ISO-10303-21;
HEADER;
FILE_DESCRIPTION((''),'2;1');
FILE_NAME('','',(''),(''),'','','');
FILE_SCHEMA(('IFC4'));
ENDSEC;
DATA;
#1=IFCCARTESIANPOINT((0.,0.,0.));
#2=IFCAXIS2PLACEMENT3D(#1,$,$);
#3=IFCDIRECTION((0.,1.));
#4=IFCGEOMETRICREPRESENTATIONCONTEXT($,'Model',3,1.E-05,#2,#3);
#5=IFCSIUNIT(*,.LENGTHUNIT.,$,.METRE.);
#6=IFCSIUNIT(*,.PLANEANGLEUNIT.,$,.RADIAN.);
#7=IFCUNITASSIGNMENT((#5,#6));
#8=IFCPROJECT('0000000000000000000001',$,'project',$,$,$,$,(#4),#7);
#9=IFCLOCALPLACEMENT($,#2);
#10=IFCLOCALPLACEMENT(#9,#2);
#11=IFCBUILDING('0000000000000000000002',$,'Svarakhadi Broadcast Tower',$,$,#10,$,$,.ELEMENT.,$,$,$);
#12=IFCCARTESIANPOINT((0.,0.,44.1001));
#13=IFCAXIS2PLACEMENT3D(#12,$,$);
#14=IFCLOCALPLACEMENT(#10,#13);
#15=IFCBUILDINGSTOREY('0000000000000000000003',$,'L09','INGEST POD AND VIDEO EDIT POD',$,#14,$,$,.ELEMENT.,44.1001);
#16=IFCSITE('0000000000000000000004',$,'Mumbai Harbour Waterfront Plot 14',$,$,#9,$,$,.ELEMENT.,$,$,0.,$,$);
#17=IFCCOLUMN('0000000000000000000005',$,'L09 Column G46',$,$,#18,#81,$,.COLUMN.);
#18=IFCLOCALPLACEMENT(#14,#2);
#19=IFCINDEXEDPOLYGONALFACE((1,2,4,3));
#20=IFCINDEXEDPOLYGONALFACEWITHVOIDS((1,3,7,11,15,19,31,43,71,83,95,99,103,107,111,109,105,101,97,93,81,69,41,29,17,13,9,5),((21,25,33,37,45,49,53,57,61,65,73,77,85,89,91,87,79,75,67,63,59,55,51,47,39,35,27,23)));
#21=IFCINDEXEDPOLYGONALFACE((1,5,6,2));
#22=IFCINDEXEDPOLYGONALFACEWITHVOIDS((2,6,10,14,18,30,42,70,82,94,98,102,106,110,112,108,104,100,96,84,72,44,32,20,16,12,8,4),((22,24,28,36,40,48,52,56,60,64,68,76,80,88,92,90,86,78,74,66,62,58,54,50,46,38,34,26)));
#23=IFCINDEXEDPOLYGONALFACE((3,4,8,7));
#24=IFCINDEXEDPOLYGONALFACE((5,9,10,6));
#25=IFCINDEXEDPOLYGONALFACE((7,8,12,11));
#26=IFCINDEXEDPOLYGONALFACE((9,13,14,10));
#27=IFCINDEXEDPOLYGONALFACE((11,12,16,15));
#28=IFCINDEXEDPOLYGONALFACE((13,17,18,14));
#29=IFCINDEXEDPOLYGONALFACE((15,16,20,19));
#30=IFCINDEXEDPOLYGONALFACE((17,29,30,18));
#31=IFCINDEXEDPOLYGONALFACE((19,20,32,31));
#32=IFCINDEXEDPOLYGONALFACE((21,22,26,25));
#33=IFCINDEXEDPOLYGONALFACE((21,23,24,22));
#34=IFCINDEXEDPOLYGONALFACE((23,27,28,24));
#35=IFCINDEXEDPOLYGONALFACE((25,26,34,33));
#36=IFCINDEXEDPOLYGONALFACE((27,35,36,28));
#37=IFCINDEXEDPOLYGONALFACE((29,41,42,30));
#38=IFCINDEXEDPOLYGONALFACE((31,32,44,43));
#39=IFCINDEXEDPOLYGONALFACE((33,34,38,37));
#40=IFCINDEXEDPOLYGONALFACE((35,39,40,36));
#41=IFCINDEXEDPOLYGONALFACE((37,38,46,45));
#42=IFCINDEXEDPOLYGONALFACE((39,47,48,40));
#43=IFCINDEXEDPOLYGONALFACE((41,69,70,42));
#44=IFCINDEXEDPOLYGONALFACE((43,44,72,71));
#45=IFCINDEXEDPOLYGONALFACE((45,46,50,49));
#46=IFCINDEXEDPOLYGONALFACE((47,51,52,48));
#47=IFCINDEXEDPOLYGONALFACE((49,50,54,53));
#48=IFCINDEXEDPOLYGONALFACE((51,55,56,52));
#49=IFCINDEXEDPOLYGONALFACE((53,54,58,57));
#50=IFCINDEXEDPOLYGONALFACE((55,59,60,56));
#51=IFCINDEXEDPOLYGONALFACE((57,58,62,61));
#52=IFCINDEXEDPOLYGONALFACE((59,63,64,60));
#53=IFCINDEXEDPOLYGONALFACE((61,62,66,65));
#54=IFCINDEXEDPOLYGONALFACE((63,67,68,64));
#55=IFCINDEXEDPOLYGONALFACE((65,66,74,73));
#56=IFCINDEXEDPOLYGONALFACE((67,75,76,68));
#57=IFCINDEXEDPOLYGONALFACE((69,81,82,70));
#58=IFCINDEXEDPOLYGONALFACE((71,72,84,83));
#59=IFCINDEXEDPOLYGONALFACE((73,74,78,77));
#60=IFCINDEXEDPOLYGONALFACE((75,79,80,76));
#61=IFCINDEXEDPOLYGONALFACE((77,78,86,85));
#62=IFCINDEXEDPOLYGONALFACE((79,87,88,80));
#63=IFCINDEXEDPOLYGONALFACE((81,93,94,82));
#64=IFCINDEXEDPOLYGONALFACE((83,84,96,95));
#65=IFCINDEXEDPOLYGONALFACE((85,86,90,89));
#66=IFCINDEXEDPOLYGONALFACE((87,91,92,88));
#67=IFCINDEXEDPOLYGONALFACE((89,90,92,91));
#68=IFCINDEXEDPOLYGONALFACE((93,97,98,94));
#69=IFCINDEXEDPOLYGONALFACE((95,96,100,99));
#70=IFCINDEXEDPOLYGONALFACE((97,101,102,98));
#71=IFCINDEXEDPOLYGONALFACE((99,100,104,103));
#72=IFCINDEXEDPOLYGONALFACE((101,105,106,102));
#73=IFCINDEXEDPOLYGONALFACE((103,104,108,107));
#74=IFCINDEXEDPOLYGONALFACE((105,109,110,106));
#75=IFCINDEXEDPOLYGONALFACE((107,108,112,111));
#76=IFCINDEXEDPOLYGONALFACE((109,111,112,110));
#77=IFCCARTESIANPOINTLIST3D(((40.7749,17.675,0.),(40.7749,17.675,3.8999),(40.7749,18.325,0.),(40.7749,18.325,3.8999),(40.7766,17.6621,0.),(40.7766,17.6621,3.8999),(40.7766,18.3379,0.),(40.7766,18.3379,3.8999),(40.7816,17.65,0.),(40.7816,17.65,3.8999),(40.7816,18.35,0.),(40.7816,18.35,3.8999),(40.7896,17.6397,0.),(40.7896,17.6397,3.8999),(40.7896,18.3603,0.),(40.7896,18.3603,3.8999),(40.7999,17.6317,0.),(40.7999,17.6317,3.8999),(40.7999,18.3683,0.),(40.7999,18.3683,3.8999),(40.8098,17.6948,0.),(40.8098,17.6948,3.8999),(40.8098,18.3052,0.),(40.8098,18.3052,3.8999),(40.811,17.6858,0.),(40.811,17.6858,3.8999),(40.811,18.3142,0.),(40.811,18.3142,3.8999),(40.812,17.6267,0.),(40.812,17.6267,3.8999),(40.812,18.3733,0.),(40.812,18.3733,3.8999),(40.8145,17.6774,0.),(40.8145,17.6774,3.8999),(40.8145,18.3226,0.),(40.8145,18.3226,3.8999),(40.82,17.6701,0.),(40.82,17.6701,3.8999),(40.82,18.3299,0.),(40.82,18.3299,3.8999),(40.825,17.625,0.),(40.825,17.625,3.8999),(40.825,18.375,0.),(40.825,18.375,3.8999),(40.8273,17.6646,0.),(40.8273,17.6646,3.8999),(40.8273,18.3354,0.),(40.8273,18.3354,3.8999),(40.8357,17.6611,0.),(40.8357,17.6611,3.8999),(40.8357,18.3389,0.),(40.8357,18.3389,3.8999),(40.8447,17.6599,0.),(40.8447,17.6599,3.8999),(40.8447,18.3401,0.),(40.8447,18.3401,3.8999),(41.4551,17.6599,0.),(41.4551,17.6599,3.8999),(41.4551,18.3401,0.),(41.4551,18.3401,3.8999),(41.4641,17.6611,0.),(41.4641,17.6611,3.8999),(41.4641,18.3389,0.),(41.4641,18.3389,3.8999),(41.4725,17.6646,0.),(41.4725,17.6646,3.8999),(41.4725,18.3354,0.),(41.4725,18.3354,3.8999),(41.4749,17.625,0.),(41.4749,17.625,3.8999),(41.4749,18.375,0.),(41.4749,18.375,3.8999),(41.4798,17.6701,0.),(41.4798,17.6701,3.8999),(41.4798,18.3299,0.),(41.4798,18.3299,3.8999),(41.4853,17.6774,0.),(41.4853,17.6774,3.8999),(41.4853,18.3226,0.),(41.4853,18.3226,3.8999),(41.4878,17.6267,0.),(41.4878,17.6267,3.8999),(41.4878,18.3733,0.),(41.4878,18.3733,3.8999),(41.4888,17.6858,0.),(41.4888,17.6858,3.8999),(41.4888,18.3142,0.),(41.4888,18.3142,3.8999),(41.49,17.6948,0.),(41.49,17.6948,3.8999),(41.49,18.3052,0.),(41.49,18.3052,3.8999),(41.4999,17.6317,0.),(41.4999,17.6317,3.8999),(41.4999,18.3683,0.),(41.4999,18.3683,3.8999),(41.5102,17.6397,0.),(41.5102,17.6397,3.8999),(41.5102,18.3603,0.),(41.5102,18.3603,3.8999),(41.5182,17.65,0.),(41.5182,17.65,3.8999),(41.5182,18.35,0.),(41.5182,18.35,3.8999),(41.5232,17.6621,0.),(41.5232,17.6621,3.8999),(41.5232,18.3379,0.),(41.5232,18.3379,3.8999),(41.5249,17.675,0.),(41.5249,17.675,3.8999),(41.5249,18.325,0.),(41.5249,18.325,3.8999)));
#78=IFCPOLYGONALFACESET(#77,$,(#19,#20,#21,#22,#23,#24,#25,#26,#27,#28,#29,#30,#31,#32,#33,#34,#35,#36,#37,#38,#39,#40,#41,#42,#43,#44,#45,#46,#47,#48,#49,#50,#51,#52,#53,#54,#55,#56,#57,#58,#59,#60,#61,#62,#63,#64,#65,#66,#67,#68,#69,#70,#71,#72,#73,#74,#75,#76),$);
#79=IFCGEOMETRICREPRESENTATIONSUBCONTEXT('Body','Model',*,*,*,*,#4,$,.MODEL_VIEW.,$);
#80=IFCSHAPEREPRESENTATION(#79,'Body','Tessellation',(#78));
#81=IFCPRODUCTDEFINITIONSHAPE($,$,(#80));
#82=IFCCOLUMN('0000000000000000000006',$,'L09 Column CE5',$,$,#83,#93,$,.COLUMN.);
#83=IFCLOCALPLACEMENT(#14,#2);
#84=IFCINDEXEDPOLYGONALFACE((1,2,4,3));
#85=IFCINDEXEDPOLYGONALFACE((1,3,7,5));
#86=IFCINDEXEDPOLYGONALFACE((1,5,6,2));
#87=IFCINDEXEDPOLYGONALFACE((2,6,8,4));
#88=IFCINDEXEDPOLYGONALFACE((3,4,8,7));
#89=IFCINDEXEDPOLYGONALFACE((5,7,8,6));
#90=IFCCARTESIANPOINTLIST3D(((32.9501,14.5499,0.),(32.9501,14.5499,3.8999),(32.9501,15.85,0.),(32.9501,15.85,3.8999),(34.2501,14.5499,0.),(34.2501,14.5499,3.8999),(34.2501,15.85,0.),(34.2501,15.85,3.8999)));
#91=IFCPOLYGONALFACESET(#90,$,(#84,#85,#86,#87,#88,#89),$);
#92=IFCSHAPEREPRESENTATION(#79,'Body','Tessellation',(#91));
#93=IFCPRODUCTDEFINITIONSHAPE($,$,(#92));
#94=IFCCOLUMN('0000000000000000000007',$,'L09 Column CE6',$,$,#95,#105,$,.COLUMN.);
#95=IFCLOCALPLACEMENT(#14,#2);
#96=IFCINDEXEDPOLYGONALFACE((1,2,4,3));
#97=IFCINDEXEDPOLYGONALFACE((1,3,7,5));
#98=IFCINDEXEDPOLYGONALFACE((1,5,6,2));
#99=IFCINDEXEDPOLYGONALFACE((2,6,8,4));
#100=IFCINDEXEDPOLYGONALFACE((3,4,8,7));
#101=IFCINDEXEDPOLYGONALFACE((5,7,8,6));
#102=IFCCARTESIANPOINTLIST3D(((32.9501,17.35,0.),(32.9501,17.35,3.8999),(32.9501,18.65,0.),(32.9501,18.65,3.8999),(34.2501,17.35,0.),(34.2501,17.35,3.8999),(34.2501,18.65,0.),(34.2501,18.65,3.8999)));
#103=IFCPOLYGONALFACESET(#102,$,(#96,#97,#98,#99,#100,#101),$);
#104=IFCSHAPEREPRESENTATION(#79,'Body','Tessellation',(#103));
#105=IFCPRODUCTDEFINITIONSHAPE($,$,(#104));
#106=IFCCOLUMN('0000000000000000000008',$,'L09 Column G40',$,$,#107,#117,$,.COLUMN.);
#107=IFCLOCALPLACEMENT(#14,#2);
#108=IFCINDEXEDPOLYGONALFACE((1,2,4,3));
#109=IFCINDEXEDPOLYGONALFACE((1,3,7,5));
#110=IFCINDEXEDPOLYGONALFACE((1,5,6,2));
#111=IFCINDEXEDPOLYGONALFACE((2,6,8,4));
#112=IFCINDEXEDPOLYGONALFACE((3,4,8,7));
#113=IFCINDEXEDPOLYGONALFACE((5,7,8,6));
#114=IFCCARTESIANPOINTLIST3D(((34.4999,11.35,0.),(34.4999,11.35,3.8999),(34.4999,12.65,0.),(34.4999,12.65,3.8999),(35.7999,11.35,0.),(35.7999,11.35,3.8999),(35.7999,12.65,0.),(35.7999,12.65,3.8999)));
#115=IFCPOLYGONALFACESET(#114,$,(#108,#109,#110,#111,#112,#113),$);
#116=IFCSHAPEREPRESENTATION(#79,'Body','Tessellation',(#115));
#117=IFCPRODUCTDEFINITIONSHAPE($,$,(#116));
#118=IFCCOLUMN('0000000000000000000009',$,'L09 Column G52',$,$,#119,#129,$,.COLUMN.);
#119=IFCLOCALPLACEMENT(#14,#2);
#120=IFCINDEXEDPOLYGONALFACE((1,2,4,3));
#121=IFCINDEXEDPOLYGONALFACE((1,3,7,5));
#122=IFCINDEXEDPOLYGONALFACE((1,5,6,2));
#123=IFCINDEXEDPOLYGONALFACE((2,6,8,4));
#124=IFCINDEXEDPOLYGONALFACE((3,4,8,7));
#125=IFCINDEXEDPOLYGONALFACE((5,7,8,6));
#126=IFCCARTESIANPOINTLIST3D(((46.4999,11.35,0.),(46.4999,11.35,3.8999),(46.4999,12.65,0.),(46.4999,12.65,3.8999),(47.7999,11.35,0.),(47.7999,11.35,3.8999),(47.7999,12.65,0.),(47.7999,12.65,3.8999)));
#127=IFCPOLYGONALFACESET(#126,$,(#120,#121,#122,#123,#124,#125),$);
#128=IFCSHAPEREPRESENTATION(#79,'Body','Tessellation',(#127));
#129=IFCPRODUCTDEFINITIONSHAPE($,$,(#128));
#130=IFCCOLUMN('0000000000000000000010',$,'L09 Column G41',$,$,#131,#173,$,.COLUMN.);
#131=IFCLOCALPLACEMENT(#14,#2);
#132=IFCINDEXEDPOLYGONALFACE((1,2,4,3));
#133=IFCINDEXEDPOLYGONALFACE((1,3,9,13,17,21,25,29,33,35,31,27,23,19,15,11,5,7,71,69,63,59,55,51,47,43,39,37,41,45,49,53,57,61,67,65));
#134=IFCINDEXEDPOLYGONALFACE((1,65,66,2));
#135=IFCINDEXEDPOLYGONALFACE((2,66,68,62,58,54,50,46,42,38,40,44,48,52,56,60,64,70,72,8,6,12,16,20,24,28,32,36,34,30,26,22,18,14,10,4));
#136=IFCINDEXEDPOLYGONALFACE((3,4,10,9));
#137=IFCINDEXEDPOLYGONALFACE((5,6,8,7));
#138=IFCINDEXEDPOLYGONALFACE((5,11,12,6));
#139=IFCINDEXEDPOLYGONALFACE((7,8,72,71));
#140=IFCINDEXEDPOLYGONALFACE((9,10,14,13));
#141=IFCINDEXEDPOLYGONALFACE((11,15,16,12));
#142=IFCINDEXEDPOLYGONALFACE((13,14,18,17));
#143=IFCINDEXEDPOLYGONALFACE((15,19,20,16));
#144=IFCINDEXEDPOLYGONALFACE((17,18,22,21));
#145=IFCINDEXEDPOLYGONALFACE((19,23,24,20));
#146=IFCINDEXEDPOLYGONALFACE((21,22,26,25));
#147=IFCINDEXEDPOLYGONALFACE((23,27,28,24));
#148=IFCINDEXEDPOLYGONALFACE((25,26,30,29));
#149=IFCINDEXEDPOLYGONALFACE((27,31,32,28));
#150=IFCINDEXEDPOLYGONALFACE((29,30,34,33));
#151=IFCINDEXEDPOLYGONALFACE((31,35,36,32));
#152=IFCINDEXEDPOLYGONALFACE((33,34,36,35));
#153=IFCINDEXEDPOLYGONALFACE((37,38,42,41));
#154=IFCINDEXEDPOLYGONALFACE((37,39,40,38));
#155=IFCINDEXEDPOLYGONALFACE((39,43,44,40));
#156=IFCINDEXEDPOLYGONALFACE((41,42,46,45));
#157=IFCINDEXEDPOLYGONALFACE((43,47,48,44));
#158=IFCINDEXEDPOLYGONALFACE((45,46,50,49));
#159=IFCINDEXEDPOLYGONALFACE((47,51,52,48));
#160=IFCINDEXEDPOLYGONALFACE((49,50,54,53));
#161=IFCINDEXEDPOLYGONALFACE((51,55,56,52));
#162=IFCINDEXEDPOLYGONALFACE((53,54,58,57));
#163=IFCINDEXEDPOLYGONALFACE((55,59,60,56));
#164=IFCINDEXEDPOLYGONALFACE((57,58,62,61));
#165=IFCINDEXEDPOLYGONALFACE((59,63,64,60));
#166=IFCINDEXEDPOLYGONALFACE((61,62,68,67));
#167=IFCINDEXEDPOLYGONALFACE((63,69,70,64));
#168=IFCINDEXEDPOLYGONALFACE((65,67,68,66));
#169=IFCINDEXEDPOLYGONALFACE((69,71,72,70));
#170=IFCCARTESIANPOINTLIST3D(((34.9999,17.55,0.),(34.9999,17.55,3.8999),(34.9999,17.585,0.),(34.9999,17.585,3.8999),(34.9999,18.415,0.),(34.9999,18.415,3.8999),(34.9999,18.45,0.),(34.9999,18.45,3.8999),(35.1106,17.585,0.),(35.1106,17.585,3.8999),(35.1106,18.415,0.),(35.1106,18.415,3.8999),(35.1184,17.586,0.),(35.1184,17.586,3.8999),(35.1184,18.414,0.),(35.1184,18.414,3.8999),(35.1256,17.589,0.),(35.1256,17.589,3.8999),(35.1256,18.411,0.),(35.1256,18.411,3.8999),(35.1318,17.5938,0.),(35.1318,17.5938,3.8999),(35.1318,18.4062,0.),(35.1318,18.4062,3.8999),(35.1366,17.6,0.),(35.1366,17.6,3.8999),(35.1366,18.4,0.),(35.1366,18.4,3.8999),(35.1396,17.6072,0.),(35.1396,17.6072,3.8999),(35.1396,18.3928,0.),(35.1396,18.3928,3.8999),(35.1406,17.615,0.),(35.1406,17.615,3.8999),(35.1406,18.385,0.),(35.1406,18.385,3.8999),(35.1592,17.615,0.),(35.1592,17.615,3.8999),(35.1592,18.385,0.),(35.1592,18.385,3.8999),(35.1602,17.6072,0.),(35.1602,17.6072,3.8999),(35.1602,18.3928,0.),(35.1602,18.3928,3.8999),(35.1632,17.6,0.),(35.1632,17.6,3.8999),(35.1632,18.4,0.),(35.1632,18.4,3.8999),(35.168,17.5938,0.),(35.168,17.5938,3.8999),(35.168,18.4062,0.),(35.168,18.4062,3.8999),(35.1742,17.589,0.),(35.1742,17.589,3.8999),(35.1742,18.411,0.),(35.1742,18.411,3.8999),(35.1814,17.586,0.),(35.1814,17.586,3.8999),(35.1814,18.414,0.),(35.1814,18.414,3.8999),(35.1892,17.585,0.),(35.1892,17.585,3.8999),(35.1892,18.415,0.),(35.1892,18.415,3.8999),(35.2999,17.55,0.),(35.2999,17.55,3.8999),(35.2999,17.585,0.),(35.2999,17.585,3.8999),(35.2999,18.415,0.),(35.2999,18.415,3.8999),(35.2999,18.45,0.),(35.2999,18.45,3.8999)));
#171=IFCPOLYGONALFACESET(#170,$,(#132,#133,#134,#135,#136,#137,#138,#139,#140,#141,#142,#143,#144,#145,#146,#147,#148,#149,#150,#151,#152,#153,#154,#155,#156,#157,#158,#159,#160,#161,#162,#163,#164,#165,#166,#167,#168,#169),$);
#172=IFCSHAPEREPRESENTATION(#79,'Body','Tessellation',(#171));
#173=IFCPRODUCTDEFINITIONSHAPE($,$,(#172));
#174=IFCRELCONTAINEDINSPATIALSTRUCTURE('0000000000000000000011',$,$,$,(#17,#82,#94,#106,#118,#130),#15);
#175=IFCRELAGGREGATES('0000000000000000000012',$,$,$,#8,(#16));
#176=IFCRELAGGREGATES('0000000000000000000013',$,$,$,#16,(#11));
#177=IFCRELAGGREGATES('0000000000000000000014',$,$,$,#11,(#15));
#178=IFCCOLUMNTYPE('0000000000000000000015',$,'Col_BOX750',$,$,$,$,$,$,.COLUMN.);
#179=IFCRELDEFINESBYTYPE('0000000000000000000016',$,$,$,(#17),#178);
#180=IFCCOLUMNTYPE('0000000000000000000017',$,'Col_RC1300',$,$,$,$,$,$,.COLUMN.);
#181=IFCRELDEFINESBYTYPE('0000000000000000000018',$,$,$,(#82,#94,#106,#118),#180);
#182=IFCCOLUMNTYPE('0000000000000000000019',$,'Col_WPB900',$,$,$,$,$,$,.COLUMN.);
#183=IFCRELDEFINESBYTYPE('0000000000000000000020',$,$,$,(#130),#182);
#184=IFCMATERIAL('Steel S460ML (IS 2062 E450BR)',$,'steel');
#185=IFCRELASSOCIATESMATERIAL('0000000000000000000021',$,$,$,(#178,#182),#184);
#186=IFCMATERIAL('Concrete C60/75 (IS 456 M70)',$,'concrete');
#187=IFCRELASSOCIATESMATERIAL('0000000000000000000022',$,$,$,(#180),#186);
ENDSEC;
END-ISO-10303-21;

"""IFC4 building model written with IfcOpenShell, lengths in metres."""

from ifc_helpers import new_model, si_unit, direction, frame, origin, origin_2d, place, context, subcontext, project, spatial, rectangle, hollow_rectangle, i_section, extrude, material, material_profile, profile_set, type_object, element, save


model = new_model("IFC4")

# Units and contexts
model_context = context("Model", 3, precision=1e-05, world=origin(), true_north=direction((0.0, 1.0)))
body_context = subcontext(model_context, "Body", "Model", "MODEL_VIEW")
ifc_project = project(units=[si_unit("LENGTHUNIT", "METRE"), si_unit("PLANEANGLEUNIT", "RADIAN")], contexts=[model_context])

# Site, building, storey
site_placement = place(None, origin())
site = spatial("IfcSite", under=ifc_project, at=site_placement, Name="Mumbai Harbour Waterfront Plot 14", CompositionType="ELEMENT", RefElevation=0.0)
building_placement = place(site_placement, origin())
building = spatial("IfcBuilding", under=site, at=building_placement, Name="Svarakhadi Broadcast Tower", CompositionType="ELEMENT")
storey_placement = place(building_placement, frame((0.0, 0.0, 44.1001)))
storey = spatial("IfcBuildingStorey", under=building, at=storey_placement, Name="L09", Description="INGEST POD AND VIDEO EDIT POD", CompositionType="ELEMENT", Elevation=44.1001)

# Columns
ifc_material_1 = material(Name="Steel S460ML (IS 2062 E450BR)", Category="steel")
ifc_material_profile_1 = material_profile(ifc_material_1, hollow_rectangle(XDim=0.75, YDim=0.75, WallThickness=0.0349, InnerFilletRadius=0.0349, OuterFilletRadius=0.05, at=origin_2d()), Name="BOX 750x750x35")
ifc_profile_set_1 = profile_set([ifc_material_profile_1], Name="Steel S460ML (IS 2062 E450BR)")
column_type_1 = type_object("IfcColumnType", Name="Col_BOX750", PredefinedType="COLUMN", material=ifc_profile_set_1)
column_placement = place(storey_placement, frame((41.1499, 18.0, 0.0), z_axis=(0.0, 0.0, 1.0), x_axis=(1.0, 0.0, 0.0)))
element("IfcColumn", 1, at=column_placement, inside=storey, type_object=column_type_1, Name="L09 Column G46", PredefinedType="COLUMN", context=body_context, shape_type="SweptSolid", body=[
    extrude(hollow_rectangle(XDim=0.75, YDim=0.75, WallThickness=0.0349, InnerFilletRadius=0.0349, OuterFilletRadius=0.05, at=origin_2d()), origin(), (0.0, 0.0, 1.0), 3.8999),
])
ifc_material_2 = material(Name="Concrete C60/75 (IS 456 M70)", Category="concrete")
ifc_material_profile_2 = material_profile(ifc_material_2, rectangle(XDim=1.3, YDim=1.3, at=origin_2d()), Name="RC 1300x1300")
ifc_profile_set_2 = profile_set([ifc_material_profile_2], Name="Concrete C60/75 (IS 456 M70)")
column_type_2 = type_object("IfcColumnType", Name="Col_RC1300", PredefinedType="COLUMN", material=ifc_profile_set_2)
for number, where, z_axis, x_axis, name in (
    (2, (33.6001, 15.2, 0.0), (0.0, 0.0, 1.0), (1.0, 0.0, 0.0), "L09 Column CE5"),
    (3, (33.6001, 18.0, 0.0), (0.0, 0.0, 1.0), (1.0, 0.0, 0.0), "L09 Column CE6"),
    (4, (35.1499, 12.0, 0.0), (0.0, 0.0, 1.0), (1.0, 0.0, 0.0), "L09 Column G40"),
    (5, (47.1499, 12.0, 0.0), (0.0, 0.0, 1.0), (1.0, 0.0, 0.0), "L09 Column G52"),
):
    element("IfcColumn", number, at=place(storey_placement, frame(where, z_axis=z_axis, x_axis=x_axis)), inside=storey, type_object=column_type_2, Name=name, PredefinedType="COLUMN", context=body_context, shape_type="SweptSolid", body=[
        extrude(rectangle(XDim=1.3, YDim=1.3, at=origin_2d()), origin(), (0.0, 0.0, 1.0), 3.8999),
    ])
ifc_material_profile_3 = material_profile(ifc_material_1, i_section(OverallWidth=0.3, OverallDepth=0.8999, WebThickness=0.0186, FlangeThickness=0.0349, FilletRadius=0.03, at=origin_2d()), Name="WPB 900x300x291")
ifc_profile_set_3 = profile_set([ifc_material_profile_3], Name="Steel S460ML (IS 2062 E450BR)")
column_type_3 = type_object("IfcColumnType", Name="Col_WPB900", PredefinedType="COLUMN", material=ifc_profile_set_3)
for number, where, z_axis, x_axis, name in (
    (6, (35.1499, 18.0, 0.0), (0.0, 0.0, 1.0), (1.0, 0.0, 0.0), "L09 Column G41"),
):
    element("IfcColumn", number, at=place(storey_placement, frame(where, z_axis=z_axis, x_axis=x_axis)), inside=storey, type_object=column_type_3, Name=name, PredefinedType="COLUMN", context=body_context, shape_type="SweptSolid", body=[
        extrude(i_section(OverallWidth=0.3, OverallDepth=0.8999, WebThickness=0.0186, FlangeThickness=0.0349, FilletRadius=0.03, at=origin_2d()), origin(), (0.0, 0.0, 1.0), 3.8999),
    ])

save(model, "model.ifc")
